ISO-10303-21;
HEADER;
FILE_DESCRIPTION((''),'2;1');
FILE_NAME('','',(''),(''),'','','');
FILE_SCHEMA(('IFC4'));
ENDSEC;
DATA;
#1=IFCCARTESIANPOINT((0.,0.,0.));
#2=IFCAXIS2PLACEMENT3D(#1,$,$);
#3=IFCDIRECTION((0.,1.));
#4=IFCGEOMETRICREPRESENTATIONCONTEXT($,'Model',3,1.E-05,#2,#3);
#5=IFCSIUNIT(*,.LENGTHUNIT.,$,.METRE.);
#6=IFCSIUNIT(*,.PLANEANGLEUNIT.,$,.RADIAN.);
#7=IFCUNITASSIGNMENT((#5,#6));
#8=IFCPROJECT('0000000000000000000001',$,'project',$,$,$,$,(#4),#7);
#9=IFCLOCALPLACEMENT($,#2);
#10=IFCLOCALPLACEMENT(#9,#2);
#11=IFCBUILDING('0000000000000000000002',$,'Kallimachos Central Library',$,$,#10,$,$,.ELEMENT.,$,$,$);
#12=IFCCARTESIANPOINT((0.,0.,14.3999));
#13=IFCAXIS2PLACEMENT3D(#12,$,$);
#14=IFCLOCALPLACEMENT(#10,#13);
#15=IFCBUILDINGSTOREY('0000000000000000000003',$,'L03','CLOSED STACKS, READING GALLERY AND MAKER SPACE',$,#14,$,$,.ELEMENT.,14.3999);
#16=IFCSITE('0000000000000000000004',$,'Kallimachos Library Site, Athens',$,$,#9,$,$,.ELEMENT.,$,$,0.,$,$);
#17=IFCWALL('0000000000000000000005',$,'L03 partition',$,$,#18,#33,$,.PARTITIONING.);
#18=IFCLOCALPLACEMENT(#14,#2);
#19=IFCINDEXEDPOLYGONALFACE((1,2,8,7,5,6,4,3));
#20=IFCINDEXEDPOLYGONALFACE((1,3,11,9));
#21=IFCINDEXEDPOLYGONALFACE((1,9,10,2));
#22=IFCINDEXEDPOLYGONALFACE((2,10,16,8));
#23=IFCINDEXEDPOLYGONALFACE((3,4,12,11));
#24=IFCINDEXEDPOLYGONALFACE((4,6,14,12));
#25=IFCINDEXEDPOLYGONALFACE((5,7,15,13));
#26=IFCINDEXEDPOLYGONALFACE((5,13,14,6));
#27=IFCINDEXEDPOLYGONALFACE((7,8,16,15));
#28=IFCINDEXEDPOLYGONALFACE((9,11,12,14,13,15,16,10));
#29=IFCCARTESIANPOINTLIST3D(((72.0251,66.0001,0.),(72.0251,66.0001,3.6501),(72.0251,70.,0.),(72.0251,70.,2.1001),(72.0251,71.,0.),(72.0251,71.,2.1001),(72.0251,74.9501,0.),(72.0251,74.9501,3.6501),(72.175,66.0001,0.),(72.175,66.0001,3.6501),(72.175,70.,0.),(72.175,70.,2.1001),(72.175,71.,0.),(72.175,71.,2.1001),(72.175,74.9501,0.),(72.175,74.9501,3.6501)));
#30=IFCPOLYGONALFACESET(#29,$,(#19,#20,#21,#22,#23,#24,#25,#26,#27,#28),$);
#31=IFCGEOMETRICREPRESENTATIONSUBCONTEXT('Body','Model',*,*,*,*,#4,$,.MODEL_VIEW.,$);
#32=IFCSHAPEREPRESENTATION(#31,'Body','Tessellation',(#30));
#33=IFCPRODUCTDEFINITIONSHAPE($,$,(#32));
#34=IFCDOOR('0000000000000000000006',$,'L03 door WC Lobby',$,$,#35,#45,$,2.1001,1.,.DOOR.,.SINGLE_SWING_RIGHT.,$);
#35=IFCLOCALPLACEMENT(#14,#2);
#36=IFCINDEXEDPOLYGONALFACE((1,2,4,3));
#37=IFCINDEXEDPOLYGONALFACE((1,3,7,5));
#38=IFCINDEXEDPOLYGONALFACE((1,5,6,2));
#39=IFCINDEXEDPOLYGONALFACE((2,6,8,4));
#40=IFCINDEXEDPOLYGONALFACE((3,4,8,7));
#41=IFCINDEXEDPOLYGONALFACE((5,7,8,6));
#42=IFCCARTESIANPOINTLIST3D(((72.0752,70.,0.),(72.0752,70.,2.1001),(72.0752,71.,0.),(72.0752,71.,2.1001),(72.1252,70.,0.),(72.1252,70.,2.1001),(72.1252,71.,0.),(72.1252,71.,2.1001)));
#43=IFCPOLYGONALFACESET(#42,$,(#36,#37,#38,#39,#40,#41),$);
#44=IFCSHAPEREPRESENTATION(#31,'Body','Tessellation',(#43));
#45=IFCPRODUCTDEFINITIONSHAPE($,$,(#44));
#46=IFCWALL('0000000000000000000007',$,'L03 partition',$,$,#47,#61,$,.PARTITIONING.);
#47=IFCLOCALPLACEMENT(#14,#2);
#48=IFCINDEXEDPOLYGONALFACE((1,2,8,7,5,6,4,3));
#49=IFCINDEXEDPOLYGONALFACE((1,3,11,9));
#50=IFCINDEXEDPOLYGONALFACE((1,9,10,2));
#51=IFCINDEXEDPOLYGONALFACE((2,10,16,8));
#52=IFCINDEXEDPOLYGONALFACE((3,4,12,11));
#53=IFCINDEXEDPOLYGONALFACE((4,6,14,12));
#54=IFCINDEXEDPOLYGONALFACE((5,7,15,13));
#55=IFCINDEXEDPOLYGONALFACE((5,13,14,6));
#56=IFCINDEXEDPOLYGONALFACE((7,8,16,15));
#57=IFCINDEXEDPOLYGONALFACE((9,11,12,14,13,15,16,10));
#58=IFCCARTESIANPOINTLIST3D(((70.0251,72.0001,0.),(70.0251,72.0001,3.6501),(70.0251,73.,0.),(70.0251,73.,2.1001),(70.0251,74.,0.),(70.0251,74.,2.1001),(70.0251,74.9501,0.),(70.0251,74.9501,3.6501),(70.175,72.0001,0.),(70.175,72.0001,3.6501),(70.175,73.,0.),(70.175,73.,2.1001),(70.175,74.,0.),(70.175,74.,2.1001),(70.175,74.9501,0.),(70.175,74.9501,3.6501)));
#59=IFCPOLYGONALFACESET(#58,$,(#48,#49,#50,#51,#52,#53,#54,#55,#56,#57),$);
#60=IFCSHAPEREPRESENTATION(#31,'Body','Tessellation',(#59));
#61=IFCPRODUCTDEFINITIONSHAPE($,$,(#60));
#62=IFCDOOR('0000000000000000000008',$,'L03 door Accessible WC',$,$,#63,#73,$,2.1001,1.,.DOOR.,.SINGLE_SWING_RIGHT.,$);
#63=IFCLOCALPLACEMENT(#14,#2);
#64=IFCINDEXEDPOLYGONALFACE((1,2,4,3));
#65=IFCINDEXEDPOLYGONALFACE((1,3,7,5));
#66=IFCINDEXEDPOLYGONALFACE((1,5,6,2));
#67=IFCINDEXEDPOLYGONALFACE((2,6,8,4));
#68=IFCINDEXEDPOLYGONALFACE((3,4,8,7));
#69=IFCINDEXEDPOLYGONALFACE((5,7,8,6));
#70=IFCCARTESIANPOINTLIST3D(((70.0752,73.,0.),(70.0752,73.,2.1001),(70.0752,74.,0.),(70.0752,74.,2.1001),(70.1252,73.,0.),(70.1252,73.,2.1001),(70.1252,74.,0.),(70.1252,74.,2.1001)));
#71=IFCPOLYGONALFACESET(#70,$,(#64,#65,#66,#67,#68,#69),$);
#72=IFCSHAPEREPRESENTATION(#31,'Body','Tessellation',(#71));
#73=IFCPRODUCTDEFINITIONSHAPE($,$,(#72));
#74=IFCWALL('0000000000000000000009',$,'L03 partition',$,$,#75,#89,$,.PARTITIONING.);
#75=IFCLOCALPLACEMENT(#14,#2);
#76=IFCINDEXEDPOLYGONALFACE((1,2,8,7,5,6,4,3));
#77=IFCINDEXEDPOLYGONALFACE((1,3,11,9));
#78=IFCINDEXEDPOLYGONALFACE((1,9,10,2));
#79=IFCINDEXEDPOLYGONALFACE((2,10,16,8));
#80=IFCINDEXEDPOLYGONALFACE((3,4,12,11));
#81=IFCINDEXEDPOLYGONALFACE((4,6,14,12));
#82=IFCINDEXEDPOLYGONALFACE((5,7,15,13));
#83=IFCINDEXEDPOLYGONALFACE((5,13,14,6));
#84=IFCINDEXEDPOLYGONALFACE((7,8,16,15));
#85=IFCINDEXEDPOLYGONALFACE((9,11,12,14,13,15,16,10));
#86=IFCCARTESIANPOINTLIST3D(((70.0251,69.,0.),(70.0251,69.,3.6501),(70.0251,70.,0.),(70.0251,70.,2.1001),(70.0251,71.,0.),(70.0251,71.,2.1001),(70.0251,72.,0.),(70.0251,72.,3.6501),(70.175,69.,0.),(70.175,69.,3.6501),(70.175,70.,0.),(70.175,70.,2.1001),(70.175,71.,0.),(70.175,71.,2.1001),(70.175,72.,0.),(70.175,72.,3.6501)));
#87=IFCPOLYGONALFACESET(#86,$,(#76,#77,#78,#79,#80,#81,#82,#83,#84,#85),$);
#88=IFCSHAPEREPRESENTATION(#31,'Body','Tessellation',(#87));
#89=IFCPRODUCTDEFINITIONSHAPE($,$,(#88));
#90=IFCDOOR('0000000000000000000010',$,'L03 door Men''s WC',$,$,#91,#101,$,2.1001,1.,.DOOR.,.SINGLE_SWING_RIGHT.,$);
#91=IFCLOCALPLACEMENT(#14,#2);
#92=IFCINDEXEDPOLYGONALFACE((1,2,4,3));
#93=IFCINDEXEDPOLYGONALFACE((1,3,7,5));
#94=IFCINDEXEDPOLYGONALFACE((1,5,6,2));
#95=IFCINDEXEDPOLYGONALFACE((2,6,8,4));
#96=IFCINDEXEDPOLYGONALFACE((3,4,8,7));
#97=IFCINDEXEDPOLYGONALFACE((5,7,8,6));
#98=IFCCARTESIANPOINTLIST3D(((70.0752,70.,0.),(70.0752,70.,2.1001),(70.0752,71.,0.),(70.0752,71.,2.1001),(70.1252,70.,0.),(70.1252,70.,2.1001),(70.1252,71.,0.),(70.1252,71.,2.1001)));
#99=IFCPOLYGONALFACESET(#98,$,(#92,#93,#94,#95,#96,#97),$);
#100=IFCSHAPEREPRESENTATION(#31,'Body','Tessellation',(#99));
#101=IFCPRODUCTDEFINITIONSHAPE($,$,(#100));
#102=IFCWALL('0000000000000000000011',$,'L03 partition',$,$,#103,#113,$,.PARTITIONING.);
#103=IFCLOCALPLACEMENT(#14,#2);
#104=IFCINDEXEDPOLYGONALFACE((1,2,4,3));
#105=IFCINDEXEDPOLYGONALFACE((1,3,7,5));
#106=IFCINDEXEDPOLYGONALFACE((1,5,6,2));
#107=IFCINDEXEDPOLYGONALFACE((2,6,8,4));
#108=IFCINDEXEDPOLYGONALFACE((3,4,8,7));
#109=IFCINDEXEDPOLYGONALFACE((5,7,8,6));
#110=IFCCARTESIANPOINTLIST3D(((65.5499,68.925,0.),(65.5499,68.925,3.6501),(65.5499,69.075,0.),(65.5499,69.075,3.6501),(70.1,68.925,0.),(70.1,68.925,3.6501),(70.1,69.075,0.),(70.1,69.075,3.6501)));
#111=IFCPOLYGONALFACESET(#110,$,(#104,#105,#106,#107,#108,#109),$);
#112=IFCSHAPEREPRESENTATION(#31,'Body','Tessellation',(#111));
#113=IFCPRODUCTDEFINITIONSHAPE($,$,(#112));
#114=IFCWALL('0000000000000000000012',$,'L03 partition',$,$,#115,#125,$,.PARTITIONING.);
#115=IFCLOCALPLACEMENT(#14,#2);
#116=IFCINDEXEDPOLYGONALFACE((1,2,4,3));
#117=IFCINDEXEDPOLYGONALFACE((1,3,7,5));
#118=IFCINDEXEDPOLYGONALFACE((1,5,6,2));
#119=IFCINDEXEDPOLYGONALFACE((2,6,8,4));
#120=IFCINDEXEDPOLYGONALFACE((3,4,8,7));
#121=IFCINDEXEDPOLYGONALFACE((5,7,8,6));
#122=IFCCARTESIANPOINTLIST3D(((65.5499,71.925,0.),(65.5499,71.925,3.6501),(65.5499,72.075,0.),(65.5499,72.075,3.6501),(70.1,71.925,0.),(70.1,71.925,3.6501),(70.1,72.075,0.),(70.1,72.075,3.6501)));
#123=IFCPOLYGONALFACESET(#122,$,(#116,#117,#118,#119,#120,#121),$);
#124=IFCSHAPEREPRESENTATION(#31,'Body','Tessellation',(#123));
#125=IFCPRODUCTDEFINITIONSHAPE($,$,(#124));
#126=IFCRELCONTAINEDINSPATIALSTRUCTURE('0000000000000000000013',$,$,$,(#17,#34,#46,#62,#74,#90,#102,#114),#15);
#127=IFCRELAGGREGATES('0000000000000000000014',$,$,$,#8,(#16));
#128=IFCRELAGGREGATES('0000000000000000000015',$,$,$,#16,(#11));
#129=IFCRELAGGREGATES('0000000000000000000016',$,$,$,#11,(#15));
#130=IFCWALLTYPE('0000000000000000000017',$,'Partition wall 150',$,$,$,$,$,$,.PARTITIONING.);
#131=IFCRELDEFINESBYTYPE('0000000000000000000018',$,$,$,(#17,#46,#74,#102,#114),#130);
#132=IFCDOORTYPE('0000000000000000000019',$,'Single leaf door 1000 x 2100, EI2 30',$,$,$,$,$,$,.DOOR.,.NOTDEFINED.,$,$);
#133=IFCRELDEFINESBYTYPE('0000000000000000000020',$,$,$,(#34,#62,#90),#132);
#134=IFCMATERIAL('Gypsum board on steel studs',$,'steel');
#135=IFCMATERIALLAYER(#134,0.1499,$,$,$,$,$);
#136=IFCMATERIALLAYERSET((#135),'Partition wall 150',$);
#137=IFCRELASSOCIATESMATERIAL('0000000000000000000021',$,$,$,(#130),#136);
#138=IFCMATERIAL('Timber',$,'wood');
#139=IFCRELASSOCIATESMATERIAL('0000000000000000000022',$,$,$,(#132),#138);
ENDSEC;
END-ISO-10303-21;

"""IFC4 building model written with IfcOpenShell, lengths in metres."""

from ifc_helpers import new_model, si_unit, direction, frame, frame_2d, origin, place, context, subcontext, project, spatial, rectangle, extrude, material, layer, layer_set, type_object, element, fill, save


model = new_model("IFC4")

# Units and contexts
model_context = context("Model", 3, precision=1e-05, world=origin(), true_north=direction((0.0, 1.0)))
body_context = subcontext(model_context, "Body", "Model", "MODEL_VIEW")
ifc_project = project(units=[si_unit("LENGTHUNIT", "METRE"), si_unit("PLANEANGLEUNIT", "RADIAN")], contexts=[model_context])

# Site, building, storey
site_placement = place(None, origin())
site = spatial("IfcSite", under=ifc_project, at=site_placement, Name="Kallimachos Library Site, Athens", CompositionType="ELEMENT", RefElevation=0.0)
building_placement = place(site_placement, origin())
building = spatial("IfcBuilding", under=site, at=building_placement, Name="Kallimachos Central Library", CompositionType="ELEMENT")
storey_placement = place(building_placement, frame((0.0, 0.0, 14.3999)))
storey = spatial("IfcBuildingStorey", under=building, at=storey_placement, Name="L03", Description="CLOSED STACKS, READING GALLERY AND MAKER SPACE", CompositionType="ELEMENT", Elevation=14.3999)

# Walls, openings, doors
ifc_material_1 = material(Name="Gypsum board on steel studs", Category="steel")
ifc_layer_1 = layer(ifc_material_1, 0.1499)
ifc_layer_set_1 = layer_set([ifc_layer_1], Name="Partition wall 150")
wall_type_1 = type_object("IfcWallType", Name="Partition wall 150", PredefinedType="PARTITIONING", material=ifc_layer_set_1)
wall_1_placement = place(storey_placement, frame((72.1001, 66.0, 0.0), z_axis=(0.0, 0.0, 1.0), x_axis=(0.0, 1.0, 0.0)))
wall_1 = element("IfcWall", 1, at=wall_1_placement, inside=storey, type_object=wall_type_1, Name="L03 partition", PredefinedType="PARTITIONING", context=body_context, shape_type="SweptSolid", body=[
    extrude(rectangle(XDim=8.95, YDim=0.1499, at=frame_2d((4.4751, 0.0))), origin(), (0.0, 0.0, 1.0), 3.6501),
])
opening_1_placement = place(wall_1_placement, frame((4.0, 0.0, 0.0)))
opening_1 = element("IfcOpeningElement", 2, at=opening_1_placement, cuts=wall_1, PredefinedType="OPENING", context=body_context, shape_type="SweptSolid", body=[
    extrude(rectangle(XDim=1.0, YDim=2.1001, at=frame_2d((0.5, 1.05))), frame((0.0, 0.085, 0.0), z_axis=(0.0, -1.0, 0.0), x_axis=(1.0, 0.0, 0.0)), (0.0, 0.0, 1.0), 0.1699),
])
ifc_material_2 = material(Name="Timber", Category="wood")
door_type = type_object("IfcDoorType", Name="Single leaf door 1000 x 2100, EI2 30", OperationType="NOTDEFINED", PredefinedType="DOOR", material=ifc_material_2)
door_1_placement = place(opening_1_placement, origin())
door_1 = element("IfcDoor", 3, at=door_1_placement, inside=storey, type_object=door_type, Name="L03 door WC Lobby", OperationType="SINGLE_SWING_RIGHT", OverallHeight=2.1001, OverallWidth=1.0, PredefinedType="DOOR", context=body_context, shape_type="SweptSolid", body=[
    extrude(rectangle(XDim=1.0, YDim=2.1001, at=frame_2d((0.5, 1.05))), frame((0.0, 0.0249, 0.0), z_axis=(0.0, -1.0, 0.0), x_axis=(1.0, 0.0, 0.0)), (0.0, 0.0, 1.0), 0.05),
])
fill(opening_1, door_1)
wall_2_placement = place(storey_placement, frame((70.1001, 72.0, 0.0), z_axis=(0.0, 0.0, 1.0), x_axis=(0.0, 1.0, 0.0)))
wall_2 = element("IfcWall", 4, at=wall_2_placement, inside=storey, type_object=wall_type_1, Name="L03 partition", PredefinedType="PARTITIONING", context=body_context, shape_type="SweptSolid", body=[
    extrude(rectangle(XDim=2.95, YDim=0.1499, at=frame_2d((1.4751, 0.0))), origin(), (0.0, 0.0, 1.0), 3.6501),
])
opening_2_placement = place(wall_2_placement, frame((1.0, 0.0, 0.0)))
opening_2 = element("IfcOpeningElement", 5, at=opening_2_placement, cuts=wall_2, PredefinedType="OPENING", context=body_context, shape_type="SweptSolid", body=[
    extrude(rectangle(XDim=1.0, YDim=2.1001, at=frame_2d((0.5, 1.05))), frame((0.0, 0.085, 0.0), z_axis=(0.0, -1.0, 0.0), x_axis=(1.0, 0.0, 0.0)), (0.0, 0.0, 1.0), 0.1699),
])
door_2_placement = place(opening_2_placement, origin())
door_2 = element("IfcDoor", 6, at=door_2_placement, inside=storey, type_object=door_type, Name="L03 door Accessible WC", OperationType="SINGLE_SWING_RIGHT", OverallHeight=2.1001, OverallWidth=1.0, PredefinedType="DOOR", context=body_context, shape_type="SweptSolid", body=[
    extrude(rectangle(XDim=1.0, YDim=2.1001, at=frame_2d((0.5, 1.05))), frame((0.0, 0.0249, 0.0), z_axis=(0.0, -1.0, 0.0), x_axis=(1.0, 0.0, 0.0)), (0.0, 0.0, 1.0), 0.05),
])
fill(opening_2, door_2)
wall_3_placement = place(storey_placement, frame((70.1001, 69.0, 0.0), z_axis=(0.0, 0.0, 1.0), x_axis=(0.0, 1.0, 0.0)))
wall_3 = element("IfcWall", 7, at=wall_3_placement, inside=storey, type_object=wall_type_1, Name="L03 partition", PredefinedType="PARTITIONING", context=body_context, shape_type="SweptSolid", body=[
    extrude(rectangle(XDim=3.0, YDim=0.1499, at=frame_2d((1.5, 0.0))), origin(), (0.0, 0.0, 1.0), 3.6501),
])
opening_3_placement = place(wall_3_placement, frame((1.0, 0.0, 0.0)))
opening_3 = element("IfcOpeningElement", 8, at=opening_3_placement, cuts=wall_3, PredefinedType="OPENING", context=body_context, shape_type="SweptSolid", body=[
    extrude(rectangle(XDim=1.0, YDim=2.1001, at=frame_2d((0.5, 1.05))), frame((0.0, 0.085, 0.0), z_axis=(0.0, -1.0, 0.0), x_axis=(1.0, 0.0, 0.0)), (0.0, 0.0, 1.0), 0.1699),
])
door_3_placement = place(opening_3_placement, origin())
door_3 = element("IfcDoor", 9, at=door_3_placement, inside=storey, type_object=door_type, Name="L03 door Men's WC", OperationType="SINGLE_SWING_RIGHT", OverallHeight=2.1001, OverallWidth=1.0, PredefinedType="DOOR", context=body_context, shape_type="SweptSolid", body=[
    extrude(rectangle(XDim=1.0, YDim=2.1001, at=frame_2d((0.5, 1.05))), frame((0.0, 0.0249, 0.0), z_axis=(0.0, -1.0, 0.0), x_axis=(1.0, 0.0, 0.0)), (0.0, 0.0, 1.0), 0.05),
])
fill(opening_3, door_3)

# Walls
for number, where, z_axis, x_axis, name in (
    (10, (65.55, 69.0, 0.0), (0.0, 0.0, 1.0), (1.0, 0.0, 0.0), "L03 partition"),
    (11, (65.55, 72.0, 0.0), (0.0, 0.0, 1.0), (1.0, 0.0, 0.0), "L03 partition"),
):
    element("IfcWall", number, at=place(storey_placement, frame(where, z_axis=z_axis, x_axis=x_axis)), inside=storey, type_object=wall_type_1, Name=name, PredefinedType="PARTITIONING", context=body_context, shape_type="SweptSolid", body=[
        extrude(rectangle(XDim=4.55, YDim=0.1499, at=frame_2d((2.2749, 0.0))), origin(), (0.0, 0.0, 1.0), 3.6501),
    ])

save(model, "model.ifc")
